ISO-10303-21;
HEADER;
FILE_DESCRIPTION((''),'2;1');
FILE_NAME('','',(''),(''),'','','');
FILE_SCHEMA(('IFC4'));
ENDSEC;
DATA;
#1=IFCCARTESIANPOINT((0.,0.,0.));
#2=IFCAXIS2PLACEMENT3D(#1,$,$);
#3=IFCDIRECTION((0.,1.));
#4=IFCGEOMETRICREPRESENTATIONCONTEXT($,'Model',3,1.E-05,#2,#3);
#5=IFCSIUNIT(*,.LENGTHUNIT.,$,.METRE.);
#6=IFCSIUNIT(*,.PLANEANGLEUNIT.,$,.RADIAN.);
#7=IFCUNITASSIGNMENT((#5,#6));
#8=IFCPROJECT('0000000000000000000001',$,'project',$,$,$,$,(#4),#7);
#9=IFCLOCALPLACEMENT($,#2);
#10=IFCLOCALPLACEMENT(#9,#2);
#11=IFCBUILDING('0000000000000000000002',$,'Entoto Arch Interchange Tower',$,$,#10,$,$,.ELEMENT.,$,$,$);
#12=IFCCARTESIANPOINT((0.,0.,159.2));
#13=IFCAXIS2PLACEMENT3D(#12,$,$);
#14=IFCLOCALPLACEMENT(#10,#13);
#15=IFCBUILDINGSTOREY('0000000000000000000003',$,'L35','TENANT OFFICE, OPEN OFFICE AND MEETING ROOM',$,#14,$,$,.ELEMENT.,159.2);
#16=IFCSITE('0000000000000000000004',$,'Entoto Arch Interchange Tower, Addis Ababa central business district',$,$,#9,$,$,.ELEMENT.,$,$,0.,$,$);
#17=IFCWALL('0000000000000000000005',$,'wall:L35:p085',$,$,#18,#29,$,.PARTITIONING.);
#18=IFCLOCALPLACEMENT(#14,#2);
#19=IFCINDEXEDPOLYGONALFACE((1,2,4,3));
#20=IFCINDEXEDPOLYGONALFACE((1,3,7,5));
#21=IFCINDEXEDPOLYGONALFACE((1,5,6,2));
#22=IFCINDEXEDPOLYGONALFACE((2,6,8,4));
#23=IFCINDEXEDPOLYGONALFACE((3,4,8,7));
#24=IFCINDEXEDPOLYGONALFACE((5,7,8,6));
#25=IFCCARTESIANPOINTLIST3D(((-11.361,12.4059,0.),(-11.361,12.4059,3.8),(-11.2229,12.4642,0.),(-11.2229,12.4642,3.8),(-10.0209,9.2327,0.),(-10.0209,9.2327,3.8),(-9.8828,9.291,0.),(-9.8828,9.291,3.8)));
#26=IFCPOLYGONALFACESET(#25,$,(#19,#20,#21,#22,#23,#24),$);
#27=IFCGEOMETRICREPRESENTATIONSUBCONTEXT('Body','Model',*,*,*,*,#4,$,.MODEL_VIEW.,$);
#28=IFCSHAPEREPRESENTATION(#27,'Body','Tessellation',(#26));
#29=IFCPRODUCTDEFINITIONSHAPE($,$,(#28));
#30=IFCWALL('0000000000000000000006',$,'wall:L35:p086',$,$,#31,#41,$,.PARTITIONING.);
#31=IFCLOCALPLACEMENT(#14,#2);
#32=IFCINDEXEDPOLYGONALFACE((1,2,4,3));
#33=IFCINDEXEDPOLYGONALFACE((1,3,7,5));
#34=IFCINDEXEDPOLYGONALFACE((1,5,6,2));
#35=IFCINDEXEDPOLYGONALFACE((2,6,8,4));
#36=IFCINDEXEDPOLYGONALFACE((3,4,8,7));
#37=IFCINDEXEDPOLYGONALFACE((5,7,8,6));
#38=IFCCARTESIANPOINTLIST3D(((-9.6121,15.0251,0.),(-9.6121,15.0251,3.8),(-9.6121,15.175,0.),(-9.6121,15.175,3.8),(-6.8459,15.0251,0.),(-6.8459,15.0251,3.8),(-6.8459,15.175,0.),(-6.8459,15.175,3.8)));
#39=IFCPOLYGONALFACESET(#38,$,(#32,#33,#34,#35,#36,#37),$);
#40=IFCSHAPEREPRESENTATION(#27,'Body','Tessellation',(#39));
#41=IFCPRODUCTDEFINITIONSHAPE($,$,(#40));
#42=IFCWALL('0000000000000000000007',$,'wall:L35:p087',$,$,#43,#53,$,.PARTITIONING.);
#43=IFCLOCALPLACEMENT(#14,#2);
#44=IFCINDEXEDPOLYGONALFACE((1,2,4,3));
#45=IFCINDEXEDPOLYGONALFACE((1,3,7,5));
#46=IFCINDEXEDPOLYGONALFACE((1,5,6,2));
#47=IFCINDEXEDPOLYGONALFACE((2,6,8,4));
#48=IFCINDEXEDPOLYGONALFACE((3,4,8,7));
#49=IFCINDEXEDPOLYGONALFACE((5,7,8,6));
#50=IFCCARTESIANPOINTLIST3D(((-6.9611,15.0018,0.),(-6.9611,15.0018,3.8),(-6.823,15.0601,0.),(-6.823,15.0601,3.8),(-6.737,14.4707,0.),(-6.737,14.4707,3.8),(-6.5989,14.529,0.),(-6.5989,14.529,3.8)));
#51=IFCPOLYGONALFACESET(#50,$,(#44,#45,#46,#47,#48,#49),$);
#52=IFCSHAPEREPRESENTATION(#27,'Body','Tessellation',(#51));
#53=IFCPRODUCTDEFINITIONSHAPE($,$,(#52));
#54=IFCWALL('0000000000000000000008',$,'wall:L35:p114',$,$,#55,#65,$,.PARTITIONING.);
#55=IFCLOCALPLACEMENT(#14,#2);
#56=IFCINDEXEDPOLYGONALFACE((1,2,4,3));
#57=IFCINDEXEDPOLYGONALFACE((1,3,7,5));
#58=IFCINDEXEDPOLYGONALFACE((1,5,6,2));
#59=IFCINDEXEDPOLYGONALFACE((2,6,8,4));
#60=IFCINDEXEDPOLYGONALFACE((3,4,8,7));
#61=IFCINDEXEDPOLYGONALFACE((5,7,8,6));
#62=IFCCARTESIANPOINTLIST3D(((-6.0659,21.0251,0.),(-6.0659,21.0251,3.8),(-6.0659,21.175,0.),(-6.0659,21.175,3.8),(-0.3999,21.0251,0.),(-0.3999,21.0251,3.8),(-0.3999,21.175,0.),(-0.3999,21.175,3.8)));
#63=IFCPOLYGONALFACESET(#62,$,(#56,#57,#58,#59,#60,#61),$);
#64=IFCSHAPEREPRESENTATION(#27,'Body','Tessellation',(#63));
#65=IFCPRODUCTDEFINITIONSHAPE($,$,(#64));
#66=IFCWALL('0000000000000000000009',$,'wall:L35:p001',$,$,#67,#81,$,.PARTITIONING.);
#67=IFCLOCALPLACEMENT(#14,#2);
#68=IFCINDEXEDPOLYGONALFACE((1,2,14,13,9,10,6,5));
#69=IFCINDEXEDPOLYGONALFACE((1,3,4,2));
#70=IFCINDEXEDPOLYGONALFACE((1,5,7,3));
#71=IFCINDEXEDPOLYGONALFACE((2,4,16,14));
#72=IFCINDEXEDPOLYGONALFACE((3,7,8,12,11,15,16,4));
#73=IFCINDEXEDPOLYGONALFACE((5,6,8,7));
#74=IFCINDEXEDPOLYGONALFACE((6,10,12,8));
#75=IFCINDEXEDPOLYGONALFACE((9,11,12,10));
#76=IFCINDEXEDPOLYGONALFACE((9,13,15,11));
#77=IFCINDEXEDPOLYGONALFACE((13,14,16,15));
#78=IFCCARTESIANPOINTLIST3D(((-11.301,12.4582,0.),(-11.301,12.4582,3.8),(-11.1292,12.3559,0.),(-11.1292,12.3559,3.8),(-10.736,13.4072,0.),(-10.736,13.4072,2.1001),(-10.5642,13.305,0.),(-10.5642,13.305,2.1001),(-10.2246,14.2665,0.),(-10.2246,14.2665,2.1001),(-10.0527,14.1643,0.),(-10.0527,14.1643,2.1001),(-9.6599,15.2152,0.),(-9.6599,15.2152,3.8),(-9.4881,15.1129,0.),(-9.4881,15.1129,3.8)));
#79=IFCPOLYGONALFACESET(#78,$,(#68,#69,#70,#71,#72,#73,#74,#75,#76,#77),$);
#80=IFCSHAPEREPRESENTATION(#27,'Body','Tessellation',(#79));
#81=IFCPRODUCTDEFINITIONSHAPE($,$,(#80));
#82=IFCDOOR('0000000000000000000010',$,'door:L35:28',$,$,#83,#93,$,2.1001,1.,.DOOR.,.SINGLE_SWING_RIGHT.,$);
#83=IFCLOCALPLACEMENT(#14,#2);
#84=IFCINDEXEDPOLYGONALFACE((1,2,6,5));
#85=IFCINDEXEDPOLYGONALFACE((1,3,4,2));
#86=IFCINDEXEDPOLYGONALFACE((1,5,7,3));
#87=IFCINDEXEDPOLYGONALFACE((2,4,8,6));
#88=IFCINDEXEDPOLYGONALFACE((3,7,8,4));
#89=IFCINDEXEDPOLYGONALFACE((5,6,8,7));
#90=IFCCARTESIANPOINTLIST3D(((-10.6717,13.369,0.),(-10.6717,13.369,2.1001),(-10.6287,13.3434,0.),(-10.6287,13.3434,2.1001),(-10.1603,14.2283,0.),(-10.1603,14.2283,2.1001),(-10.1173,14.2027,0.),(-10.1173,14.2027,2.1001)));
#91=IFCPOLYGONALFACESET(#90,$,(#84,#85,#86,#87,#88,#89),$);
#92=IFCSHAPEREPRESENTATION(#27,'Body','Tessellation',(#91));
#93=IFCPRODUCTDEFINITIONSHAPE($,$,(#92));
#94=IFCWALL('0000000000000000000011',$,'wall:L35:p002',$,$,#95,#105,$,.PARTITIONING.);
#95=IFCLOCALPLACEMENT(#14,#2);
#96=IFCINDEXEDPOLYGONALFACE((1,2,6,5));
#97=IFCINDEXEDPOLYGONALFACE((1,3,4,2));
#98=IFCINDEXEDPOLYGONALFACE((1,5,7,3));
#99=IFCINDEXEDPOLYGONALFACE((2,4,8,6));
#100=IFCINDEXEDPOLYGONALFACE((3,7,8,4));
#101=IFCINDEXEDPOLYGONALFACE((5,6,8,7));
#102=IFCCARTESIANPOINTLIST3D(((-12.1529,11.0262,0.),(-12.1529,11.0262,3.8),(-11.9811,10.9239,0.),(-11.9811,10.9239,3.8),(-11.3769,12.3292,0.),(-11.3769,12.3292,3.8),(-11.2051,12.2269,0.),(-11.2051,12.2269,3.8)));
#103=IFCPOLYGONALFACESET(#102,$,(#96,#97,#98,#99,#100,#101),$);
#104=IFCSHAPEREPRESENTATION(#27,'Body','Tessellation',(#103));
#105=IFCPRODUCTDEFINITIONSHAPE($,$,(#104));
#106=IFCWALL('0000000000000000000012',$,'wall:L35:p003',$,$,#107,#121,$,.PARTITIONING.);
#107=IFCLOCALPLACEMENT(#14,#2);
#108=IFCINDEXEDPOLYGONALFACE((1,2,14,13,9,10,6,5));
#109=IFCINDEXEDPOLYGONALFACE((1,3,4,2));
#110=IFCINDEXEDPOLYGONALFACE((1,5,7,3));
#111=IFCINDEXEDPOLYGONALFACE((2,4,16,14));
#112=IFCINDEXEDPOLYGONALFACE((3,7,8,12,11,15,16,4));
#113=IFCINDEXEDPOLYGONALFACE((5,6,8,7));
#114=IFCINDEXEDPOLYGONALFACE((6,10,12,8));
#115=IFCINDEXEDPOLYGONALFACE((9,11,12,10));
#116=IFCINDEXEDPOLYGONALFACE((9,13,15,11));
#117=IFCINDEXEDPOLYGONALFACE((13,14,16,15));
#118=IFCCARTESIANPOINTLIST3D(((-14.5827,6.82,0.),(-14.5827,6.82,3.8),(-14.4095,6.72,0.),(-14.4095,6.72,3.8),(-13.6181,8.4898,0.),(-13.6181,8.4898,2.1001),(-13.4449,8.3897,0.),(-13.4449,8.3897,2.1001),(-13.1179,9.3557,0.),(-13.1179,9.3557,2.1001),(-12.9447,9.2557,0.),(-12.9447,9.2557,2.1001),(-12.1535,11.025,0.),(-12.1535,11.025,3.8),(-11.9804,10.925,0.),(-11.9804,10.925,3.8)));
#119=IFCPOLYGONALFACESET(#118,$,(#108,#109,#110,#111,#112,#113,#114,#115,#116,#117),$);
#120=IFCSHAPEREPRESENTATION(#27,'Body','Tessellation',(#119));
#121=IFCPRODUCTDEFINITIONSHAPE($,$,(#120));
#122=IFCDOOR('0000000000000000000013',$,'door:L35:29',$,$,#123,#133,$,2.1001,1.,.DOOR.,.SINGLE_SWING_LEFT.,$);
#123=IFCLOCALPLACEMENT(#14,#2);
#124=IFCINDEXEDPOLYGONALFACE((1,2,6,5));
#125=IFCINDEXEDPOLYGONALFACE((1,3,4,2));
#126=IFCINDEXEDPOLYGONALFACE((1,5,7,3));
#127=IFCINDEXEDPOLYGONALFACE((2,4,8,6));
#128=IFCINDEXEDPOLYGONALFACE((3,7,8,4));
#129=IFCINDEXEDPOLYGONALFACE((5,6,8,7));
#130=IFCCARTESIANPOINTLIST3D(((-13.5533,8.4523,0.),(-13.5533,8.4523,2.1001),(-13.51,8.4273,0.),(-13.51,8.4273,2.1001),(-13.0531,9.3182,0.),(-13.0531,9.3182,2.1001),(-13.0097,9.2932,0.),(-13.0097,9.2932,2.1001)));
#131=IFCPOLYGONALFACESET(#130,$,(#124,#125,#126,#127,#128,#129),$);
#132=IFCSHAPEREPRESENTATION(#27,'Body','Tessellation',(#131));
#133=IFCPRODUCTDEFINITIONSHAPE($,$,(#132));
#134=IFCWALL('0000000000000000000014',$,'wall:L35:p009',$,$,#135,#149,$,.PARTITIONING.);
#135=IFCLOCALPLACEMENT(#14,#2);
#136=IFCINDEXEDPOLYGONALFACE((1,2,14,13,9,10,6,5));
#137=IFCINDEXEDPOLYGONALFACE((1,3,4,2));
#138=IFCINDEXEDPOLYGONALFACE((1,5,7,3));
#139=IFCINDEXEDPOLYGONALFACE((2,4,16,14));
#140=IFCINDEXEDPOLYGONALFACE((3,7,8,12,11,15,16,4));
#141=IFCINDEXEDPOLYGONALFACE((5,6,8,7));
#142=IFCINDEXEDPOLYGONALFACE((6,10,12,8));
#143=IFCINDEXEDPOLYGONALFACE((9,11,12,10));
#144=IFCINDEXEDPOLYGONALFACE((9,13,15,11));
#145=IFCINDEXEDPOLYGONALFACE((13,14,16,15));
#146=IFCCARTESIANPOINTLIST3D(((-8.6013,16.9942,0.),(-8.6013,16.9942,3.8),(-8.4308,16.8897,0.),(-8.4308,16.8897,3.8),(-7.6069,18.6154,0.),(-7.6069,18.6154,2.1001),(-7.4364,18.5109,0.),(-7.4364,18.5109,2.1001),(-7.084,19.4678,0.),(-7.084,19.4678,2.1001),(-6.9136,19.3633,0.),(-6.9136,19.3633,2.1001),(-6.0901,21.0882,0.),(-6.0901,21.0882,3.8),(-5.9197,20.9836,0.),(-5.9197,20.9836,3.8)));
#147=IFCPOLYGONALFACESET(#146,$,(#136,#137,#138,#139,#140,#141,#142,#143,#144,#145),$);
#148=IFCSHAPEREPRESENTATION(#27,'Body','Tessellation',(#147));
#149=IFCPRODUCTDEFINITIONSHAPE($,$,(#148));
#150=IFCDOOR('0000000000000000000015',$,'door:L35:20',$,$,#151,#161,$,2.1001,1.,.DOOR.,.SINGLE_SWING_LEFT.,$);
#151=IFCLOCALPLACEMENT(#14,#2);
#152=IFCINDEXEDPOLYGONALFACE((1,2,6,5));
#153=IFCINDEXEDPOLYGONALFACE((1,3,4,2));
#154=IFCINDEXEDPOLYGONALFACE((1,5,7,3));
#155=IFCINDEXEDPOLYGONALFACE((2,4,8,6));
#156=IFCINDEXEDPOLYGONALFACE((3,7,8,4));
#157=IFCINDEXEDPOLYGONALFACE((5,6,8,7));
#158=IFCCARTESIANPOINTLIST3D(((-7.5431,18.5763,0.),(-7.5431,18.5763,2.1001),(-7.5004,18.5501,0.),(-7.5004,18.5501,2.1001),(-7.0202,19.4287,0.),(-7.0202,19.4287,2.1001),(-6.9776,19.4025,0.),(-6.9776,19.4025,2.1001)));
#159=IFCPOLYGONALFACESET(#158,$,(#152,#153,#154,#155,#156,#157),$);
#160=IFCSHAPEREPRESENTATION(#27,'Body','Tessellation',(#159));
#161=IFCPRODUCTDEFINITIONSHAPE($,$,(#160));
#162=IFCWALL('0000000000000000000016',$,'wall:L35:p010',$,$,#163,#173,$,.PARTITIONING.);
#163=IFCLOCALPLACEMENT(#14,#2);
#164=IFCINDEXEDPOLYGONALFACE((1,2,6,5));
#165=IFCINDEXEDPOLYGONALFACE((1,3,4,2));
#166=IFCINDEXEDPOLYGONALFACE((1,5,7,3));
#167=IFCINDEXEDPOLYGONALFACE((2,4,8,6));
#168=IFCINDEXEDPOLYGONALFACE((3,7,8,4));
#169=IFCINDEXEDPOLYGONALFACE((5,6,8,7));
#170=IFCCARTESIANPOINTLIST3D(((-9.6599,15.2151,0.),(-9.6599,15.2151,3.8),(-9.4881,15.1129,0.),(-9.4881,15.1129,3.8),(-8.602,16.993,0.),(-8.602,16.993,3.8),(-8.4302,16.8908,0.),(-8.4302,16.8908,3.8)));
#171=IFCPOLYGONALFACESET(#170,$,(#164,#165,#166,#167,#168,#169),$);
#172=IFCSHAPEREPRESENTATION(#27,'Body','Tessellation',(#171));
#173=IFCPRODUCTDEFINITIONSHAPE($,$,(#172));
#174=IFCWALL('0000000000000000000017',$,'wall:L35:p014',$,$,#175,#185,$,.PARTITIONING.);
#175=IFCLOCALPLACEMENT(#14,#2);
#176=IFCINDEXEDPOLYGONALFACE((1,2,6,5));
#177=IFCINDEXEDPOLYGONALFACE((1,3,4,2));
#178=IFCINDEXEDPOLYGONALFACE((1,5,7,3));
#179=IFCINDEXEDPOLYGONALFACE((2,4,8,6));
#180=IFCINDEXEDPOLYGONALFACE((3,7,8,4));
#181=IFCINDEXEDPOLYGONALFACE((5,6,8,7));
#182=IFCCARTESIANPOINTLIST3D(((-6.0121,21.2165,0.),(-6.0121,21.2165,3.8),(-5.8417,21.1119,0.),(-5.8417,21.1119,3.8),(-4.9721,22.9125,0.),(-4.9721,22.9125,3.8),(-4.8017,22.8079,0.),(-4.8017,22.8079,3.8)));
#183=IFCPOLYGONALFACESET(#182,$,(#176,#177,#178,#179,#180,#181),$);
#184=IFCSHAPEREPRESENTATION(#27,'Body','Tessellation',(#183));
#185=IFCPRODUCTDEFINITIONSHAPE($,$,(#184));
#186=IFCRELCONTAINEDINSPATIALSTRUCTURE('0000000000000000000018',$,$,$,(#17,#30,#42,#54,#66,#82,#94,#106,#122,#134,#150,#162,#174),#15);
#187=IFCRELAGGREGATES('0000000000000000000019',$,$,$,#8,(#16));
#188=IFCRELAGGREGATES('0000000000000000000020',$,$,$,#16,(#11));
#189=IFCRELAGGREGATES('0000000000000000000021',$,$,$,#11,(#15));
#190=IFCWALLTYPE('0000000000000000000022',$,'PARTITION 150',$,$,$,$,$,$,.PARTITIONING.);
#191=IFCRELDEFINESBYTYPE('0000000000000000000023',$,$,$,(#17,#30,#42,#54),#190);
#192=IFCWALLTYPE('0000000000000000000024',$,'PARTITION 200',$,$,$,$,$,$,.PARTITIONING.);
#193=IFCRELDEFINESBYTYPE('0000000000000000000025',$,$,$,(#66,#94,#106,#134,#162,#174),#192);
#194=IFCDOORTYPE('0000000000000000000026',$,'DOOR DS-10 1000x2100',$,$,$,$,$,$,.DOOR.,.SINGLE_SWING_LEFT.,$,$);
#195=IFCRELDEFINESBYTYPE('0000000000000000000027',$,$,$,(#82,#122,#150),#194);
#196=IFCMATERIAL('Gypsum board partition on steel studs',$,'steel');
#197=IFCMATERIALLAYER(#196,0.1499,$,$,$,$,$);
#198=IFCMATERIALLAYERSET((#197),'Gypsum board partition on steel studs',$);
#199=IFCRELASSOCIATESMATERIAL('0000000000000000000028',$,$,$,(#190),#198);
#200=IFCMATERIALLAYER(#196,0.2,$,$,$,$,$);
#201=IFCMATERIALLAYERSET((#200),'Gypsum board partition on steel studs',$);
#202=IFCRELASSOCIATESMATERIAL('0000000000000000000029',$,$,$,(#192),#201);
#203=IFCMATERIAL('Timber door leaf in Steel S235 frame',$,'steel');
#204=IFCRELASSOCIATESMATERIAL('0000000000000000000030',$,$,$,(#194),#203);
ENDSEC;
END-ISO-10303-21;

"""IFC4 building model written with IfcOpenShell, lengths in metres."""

from ifc_helpers import new_model, si_unit, direction, frame, frame_2d, origin, place, context, subcontext, project, spatial, rectangle, extrude, material, layer, layer_set, type_object, element, fill, save


model = new_model("IFC4")

# Units and contexts
model_context = context("Model", 3, precision=1e-05, world=origin(), true_north=direction((0.0, 1.0)))
body_context = subcontext(model_context, "Body", "Model", "MODEL_VIEW")
ifc_project = project(units=[si_unit("LENGTHUNIT", "METRE"), si_unit("PLANEANGLEUNIT", "RADIAN")], contexts=[model_context])

# Site, building, storey
site_placement = place(None, origin())
site = spatial("IfcSite", under=ifc_project, at=site_placement, Name="Entoto Arch Interchange Tower, Addis Ababa central business district", CompositionType="ELEMENT", RefElevation=0.0)
building_placement = place(site_placement, origin())
building = spatial("IfcBuilding", under=site, at=building_placement, Name="Entoto Arch Interchange Tower", CompositionType="ELEMENT")
storey_placement = place(building_placement, frame((0.0, 0.0, 159.2)))
storey = spatial("IfcBuildingStorey", under=building, at=storey_placement, Name="L35", Description="TENANT OFFICE, OPEN OFFICE AND MEETING ROOM", CompositionType="ELEMENT", Elevation=159.2)

# Walls
ifc_material_1 = material(Name="Gypsum board partition on steel studs", Category="steel")
ifc_layer_1 = layer(ifc_material_1, 0.1499)
ifc_layer_set_1 = layer_set([ifc_layer_1], Name="Gypsum board partition on steel studs")
wall_type_1 = type_object("IfcWallType", Name="PARTITION 150", PredefinedType="PARTITIONING", material=ifc_layer_set_1)
wall_1_placement = place(storey_placement, frame((-9.9519, 9.262, 0.0), z_axis=(0.0, 0.0, 1.0), x_axis=(-0.389055, 0.921215, 0.0)))
element("IfcWall", 1, at=wall_1_placement, inside=storey, type_object=wall_type_1, Name="wall:L35:p085", PredefinedType="PARTITIONING", context=body_context, shape_type="SweptSolid", body=[
    extrude(rectangle(XDim=3.4446, YDim=0.1499, at=frame_2d((1.7222, 0.0))), origin(), (0.0, 0.0, 1.0), 3.8),
])
wall_2_placement = place(storey_placement, frame((-6.8459, 15.1001, 0.0), z_axis=(0.0, 0.0, 1.0), x_axis=(-1.0, 0.0, 0.0)))
element("IfcWall", 2, at=wall_2_placement, inside=storey, type_object=wall_type_1, Name="wall:L35:p086", PredefinedType="PARTITIONING", context=body_context, shape_type="SweptSolid", body=[
    extrude(rectangle(XDim=2.7661, YDim=0.1499, at=frame_2d((1.3831, 0.0))), origin(), (0.0, 0.0, 1.0), 3.8),
])
wall_3_placement = place(storey_placement, frame((-6.668, 14.5, 0.0), z_axis=(0.0, 0.0, 1.0), x_axis=(-0.388852, 0.9213, 0.0)))
element("IfcWall", 3, at=wall_3_placement, inside=storey, type_object=wall_type_1, Name="wall:L35:p087", PredefinedType="PARTITIONING", context=body_context, shape_type="SweptSolid", body=[
    extrude(rectangle(XDim=0.5764, YDim=0.1499, at=frame_2d((0.2881, 0.0))), origin(), (0.0, 0.0, 1.0), 3.8),
])
wall_4_placement = place(storey_placement, frame((-6.0659, 21.1001, 0.0), z_axis=(0.0, 0.0, 1.0), x_axis=(1.0, 0.0, 0.0)))
element("IfcWall", 4, at=wall_4_placement, inside=storey, type_object=wall_type_1, Name="wall:L35:p114", PredefinedType="PARTITIONING", context=body_context, shape_type="SweptSolid", body=[
    extrude(rectangle(XDim=5.666, YDim=0.1499, at=frame_2d((2.833, 0.0))), origin(), (0.0, 0.0, 1.0), 3.8),
])

# Wall, opening, door
ifc_layer_2 = layer(ifc_material_1, 0.2)
ifc_layer_set_2 = layer_set([ifc_layer_2], Name="Gypsum board partition on steel studs")
wall_type_2 = type_object("IfcWallType", Name="PARTITION 200", PredefinedType="PARTITIONING", material=ifc_layer_set_2)
wall_5_placement = place(storey_placement, frame((-9.574, 15.1641, 0.0), z_axis=(0.0, 0.0, 1.0), x_axis=(-0.511483, -0.859294, 0.0)))
wall_5 = element("IfcWall", 5, at=wall_5_placement, inside=storey, type_object=wall_type_2, Name="wall:L35:p001", PredefinedType="PARTITIONING", context=body_context, shape_type="SweptSolid", body=[
    extrude(rectangle(XDim=3.2085, YDim=0.2, at=frame_2d((1.6042, 0.0))), origin(), (0.0, 0.0, 1.0), 3.8),
])
opening_1_placement = place(wall_5_placement, frame((1.104, 0.0, 0.0)))
opening_1 = element("IfcOpeningElement", 6, at=opening_1_placement, cuts=wall_5, PredefinedType="OPENING", context=body_context, shape_type="SweptSolid", body=[
    extrude(rectangle(XDim=1.0, YDim=2.1001, at=frame_2d((0.5, 1.05))), frame((0.0, 0.1099, 0.0), z_axis=(0.0, -1.0, 0.0), x_axis=(1.0, 0.0, 0.0)), (0.0, 0.0, 1.0), 0.22),
])
ifc_material_2 = material(Name="Timber door leaf in Steel S235 frame", Category="steel")
door_type = type_object("IfcDoorType", Name="DOOR DS-10 1000x2100", OperationType="SINGLE_SWING_LEFT", PredefinedType="DOOR", material=ifc_material_2)
door_1_placement = place(opening_1_placement, origin())
door_1 = element("IfcDoor", 7, at=door_1_placement, inside=storey, type_object=door_type, Name="door:L35:28", OperationType="SINGLE_SWING_RIGHT", OverallHeight=2.1001, OverallWidth=1.0, PredefinedType="DOOR", context=body_context, shape_type="SweptSolid", body=[
    extrude(rectangle(XDim=1.0, YDim=2.1001, at=frame_2d((0.5, 1.05))), frame((0.0, 0.0249, 0.0), z_axis=(0.0, -1.0, 0.0), x_axis=(1.0, 0.0, 0.0)), (0.0, 0.0, 1.0), 0.05),
])
fill(opening_1, door_1)

# Wall
wall_6_placement = place(storey_placement, frame((-11.291, 12.2781, 0.0), z_axis=(0.0, 0.0, 1.0), x_axis=(-0.511628, -0.859207, 0.0)))
element("IfcWall", 8, at=wall_6_placement, inside=storey, type_object=wall_type_2, Name="wall:L35:p002", PredefinedType="PARTITIONING", context=body_context, shape_type="SweptSolid", body=[
    extrude(rectangle(XDim=1.5166, YDim=0.2, at=frame_2d((0.7583, 0.0))), origin(), (0.0, 0.0, 1.0), 3.8),
])

# Walls, openings, doors
wall_7_placement = place(storey_placement, frame((-12.0669, 10.9751, 0.0), z_axis=(0.0, 0.0, 1.0), x_axis=(-0.500216, -0.865901, 0.0)))
wall_7 = element("IfcWall", 9, at=wall_7_placement, inside=storey, type_object=wall_type_2, Name="wall:L35:p003", PredefinedType="PARTITIONING", context=body_context, shape_type="SweptSolid", body=[
    extrude(rectangle(XDim=4.8562, YDim=0.2, at=frame_2d((2.4282, 0.0))), origin(), (0.0, 0.0, 1.0), 3.8),
])
opening_2_placement = place(wall_7_placement, frame((1.928, 0.0, 0.0)))
opening_2 = element("IfcOpeningElement", 10, at=opening_2_placement, cuts=wall_7, PredefinedType="OPENING", context=body_context, shape_type="SweptSolid", body=[
    extrude(rectangle(XDim=1.0, YDim=2.1001, at=frame_2d((0.5, 1.05))), frame((0.0, 0.1099, 0.0), z_axis=(0.0, -1.0, 0.0), x_axis=(1.0, 0.0, 0.0)), (0.0, 0.0, 1.0), 0.22),
])
door_2_placement = place(opening_2_placement, origin())
door_2 = element("IfcDoor", 11, at=door_2_placement, inside=storey, type_object=door_type, Name="door:L35:29", OperationType="SINGLE_SWING_LEFT", OverallHeight=2.1001, OverallWidth=1.0, PredefinedType="DOOR", context=body_context, shape_type="SweptSolid", body=[
    extrude(rectangle(XDim=1.0, YDim=2.1001, at=frame_2d((0.5, 1.05))), frame((0.0, 0.0249, 0.0), z_axis=(0.0, -1.0, 0.0), x_axis=(1.0, 0.0, 0.0)), (0.0, 0.0, 1.0), 0.05),
])
fill(opening_2, door_2)
wall_8_placement = place(storey_placement, frame((-6.0049, 21.0359, 0.0), z_axis=(0.0, 0.0, 1.0), x_axis=(-0.522866, -0.852415, 0.0)))
wall_8 = element("IfcWall", 12, at=wall_8_placement, inside=storey, type_object=wall_type_2, Name="wall:L35:p009", PredefinedType="PARTITIONING", context=body_context, shape_type="SweptSolid", body=[
    extrude(rectangle(XDim=4.8027, YDim=0.2, at=frame_2d((2.4014, 0.0))), origin(), (0.0, 0.0, 1.0), 3.8),
])
opening_3_placement = place(wall_8_placement, frame((1.9009, 0.0, 0.0)))
opening_3 = element("IfcOpeningElement", 13, at=opening_3_placement, cuts=wall_8, PredefinedType="OPENING", context=body_context, shape_type="SweptSolid", body=[
    extrude(rectangle(XDim=1.0, YDim=2.1001, at=frame_2d((0.5, 1.05))), frame((0.0, 0.1099, 0.0), z_axis=(0.0, -1.0, 0.0), x_axis=(1.0, 0.0, 0.0)), (0.0, 0.0, 1.0), 0.22),
])
door_3_placement = place(opening_3_placement, origin())
door_3 = element("IfcDoor", 14, at=door_3_placement, inside=storey, type_object=door_type, Name="door:L35:20", OperationType="SINGLE_SWING_LEFT", OverallHeight=2.1001, OverallWidth=1.0, PredefinedType="DOOR", context=body_context, shape_type="SweptSolid", body=[
    extrude(rectangle(XDim=1.0, YDim=2.1001, at=frame_2d((0.5, 1.05))), frame((0.0, 0.0249, 0.0), z_axis=(0.0, -1.0, 0.0), x_axis=(1.0, 0.0, 0.0)), (0.0, 0.0, 1.0), 0.05),
])
fill(opening_3, door_3)

# Walls
wall_9_placement = place(storey_placement, frame((-8.5161, 16.9419, 0.0), z_axis=(0.0, 0.0, 1.0), x_axis=(-0.511351, -0.859372, 0.0)))
element("IfcWall", 15, at=wall_9_placement, inside=storey, type_object=wall_type_2, Name="wall:L35:p010", PredefinedType="PARTITIONING", context=body_context, shape_type="SweptSolid", body=[
    extrude(rectangle(XDim=2.0688, YDim=0.2, at=frame_2d((1.0344, 0.0))), origin(), (0.0, 0.0, 1.0), 3.8),
])
wall_10_placement = place(storey_placement, frame((-4.887, 22.8601, 0.0), z_axis=(0.0, 0.0, 1.0), x_axis=(-0.522755, -0.852483, 0.0)))
element("IfcWall", 16, at=wall_10_placement, inside=storey, type_object=wall_type_2, Name="wall:L35:p014", PredefinedType="PARTITIONING", context=body_context, shape_type="SweptSolid", body=[
    extrude(rectangle(XDim=1.9895, YDim=0.2, at=frame_2d((0.9946, 0.0))), origin(), (0.0, 0.0, 1.0), 3.8),
])

save(model, "model.ifc")
